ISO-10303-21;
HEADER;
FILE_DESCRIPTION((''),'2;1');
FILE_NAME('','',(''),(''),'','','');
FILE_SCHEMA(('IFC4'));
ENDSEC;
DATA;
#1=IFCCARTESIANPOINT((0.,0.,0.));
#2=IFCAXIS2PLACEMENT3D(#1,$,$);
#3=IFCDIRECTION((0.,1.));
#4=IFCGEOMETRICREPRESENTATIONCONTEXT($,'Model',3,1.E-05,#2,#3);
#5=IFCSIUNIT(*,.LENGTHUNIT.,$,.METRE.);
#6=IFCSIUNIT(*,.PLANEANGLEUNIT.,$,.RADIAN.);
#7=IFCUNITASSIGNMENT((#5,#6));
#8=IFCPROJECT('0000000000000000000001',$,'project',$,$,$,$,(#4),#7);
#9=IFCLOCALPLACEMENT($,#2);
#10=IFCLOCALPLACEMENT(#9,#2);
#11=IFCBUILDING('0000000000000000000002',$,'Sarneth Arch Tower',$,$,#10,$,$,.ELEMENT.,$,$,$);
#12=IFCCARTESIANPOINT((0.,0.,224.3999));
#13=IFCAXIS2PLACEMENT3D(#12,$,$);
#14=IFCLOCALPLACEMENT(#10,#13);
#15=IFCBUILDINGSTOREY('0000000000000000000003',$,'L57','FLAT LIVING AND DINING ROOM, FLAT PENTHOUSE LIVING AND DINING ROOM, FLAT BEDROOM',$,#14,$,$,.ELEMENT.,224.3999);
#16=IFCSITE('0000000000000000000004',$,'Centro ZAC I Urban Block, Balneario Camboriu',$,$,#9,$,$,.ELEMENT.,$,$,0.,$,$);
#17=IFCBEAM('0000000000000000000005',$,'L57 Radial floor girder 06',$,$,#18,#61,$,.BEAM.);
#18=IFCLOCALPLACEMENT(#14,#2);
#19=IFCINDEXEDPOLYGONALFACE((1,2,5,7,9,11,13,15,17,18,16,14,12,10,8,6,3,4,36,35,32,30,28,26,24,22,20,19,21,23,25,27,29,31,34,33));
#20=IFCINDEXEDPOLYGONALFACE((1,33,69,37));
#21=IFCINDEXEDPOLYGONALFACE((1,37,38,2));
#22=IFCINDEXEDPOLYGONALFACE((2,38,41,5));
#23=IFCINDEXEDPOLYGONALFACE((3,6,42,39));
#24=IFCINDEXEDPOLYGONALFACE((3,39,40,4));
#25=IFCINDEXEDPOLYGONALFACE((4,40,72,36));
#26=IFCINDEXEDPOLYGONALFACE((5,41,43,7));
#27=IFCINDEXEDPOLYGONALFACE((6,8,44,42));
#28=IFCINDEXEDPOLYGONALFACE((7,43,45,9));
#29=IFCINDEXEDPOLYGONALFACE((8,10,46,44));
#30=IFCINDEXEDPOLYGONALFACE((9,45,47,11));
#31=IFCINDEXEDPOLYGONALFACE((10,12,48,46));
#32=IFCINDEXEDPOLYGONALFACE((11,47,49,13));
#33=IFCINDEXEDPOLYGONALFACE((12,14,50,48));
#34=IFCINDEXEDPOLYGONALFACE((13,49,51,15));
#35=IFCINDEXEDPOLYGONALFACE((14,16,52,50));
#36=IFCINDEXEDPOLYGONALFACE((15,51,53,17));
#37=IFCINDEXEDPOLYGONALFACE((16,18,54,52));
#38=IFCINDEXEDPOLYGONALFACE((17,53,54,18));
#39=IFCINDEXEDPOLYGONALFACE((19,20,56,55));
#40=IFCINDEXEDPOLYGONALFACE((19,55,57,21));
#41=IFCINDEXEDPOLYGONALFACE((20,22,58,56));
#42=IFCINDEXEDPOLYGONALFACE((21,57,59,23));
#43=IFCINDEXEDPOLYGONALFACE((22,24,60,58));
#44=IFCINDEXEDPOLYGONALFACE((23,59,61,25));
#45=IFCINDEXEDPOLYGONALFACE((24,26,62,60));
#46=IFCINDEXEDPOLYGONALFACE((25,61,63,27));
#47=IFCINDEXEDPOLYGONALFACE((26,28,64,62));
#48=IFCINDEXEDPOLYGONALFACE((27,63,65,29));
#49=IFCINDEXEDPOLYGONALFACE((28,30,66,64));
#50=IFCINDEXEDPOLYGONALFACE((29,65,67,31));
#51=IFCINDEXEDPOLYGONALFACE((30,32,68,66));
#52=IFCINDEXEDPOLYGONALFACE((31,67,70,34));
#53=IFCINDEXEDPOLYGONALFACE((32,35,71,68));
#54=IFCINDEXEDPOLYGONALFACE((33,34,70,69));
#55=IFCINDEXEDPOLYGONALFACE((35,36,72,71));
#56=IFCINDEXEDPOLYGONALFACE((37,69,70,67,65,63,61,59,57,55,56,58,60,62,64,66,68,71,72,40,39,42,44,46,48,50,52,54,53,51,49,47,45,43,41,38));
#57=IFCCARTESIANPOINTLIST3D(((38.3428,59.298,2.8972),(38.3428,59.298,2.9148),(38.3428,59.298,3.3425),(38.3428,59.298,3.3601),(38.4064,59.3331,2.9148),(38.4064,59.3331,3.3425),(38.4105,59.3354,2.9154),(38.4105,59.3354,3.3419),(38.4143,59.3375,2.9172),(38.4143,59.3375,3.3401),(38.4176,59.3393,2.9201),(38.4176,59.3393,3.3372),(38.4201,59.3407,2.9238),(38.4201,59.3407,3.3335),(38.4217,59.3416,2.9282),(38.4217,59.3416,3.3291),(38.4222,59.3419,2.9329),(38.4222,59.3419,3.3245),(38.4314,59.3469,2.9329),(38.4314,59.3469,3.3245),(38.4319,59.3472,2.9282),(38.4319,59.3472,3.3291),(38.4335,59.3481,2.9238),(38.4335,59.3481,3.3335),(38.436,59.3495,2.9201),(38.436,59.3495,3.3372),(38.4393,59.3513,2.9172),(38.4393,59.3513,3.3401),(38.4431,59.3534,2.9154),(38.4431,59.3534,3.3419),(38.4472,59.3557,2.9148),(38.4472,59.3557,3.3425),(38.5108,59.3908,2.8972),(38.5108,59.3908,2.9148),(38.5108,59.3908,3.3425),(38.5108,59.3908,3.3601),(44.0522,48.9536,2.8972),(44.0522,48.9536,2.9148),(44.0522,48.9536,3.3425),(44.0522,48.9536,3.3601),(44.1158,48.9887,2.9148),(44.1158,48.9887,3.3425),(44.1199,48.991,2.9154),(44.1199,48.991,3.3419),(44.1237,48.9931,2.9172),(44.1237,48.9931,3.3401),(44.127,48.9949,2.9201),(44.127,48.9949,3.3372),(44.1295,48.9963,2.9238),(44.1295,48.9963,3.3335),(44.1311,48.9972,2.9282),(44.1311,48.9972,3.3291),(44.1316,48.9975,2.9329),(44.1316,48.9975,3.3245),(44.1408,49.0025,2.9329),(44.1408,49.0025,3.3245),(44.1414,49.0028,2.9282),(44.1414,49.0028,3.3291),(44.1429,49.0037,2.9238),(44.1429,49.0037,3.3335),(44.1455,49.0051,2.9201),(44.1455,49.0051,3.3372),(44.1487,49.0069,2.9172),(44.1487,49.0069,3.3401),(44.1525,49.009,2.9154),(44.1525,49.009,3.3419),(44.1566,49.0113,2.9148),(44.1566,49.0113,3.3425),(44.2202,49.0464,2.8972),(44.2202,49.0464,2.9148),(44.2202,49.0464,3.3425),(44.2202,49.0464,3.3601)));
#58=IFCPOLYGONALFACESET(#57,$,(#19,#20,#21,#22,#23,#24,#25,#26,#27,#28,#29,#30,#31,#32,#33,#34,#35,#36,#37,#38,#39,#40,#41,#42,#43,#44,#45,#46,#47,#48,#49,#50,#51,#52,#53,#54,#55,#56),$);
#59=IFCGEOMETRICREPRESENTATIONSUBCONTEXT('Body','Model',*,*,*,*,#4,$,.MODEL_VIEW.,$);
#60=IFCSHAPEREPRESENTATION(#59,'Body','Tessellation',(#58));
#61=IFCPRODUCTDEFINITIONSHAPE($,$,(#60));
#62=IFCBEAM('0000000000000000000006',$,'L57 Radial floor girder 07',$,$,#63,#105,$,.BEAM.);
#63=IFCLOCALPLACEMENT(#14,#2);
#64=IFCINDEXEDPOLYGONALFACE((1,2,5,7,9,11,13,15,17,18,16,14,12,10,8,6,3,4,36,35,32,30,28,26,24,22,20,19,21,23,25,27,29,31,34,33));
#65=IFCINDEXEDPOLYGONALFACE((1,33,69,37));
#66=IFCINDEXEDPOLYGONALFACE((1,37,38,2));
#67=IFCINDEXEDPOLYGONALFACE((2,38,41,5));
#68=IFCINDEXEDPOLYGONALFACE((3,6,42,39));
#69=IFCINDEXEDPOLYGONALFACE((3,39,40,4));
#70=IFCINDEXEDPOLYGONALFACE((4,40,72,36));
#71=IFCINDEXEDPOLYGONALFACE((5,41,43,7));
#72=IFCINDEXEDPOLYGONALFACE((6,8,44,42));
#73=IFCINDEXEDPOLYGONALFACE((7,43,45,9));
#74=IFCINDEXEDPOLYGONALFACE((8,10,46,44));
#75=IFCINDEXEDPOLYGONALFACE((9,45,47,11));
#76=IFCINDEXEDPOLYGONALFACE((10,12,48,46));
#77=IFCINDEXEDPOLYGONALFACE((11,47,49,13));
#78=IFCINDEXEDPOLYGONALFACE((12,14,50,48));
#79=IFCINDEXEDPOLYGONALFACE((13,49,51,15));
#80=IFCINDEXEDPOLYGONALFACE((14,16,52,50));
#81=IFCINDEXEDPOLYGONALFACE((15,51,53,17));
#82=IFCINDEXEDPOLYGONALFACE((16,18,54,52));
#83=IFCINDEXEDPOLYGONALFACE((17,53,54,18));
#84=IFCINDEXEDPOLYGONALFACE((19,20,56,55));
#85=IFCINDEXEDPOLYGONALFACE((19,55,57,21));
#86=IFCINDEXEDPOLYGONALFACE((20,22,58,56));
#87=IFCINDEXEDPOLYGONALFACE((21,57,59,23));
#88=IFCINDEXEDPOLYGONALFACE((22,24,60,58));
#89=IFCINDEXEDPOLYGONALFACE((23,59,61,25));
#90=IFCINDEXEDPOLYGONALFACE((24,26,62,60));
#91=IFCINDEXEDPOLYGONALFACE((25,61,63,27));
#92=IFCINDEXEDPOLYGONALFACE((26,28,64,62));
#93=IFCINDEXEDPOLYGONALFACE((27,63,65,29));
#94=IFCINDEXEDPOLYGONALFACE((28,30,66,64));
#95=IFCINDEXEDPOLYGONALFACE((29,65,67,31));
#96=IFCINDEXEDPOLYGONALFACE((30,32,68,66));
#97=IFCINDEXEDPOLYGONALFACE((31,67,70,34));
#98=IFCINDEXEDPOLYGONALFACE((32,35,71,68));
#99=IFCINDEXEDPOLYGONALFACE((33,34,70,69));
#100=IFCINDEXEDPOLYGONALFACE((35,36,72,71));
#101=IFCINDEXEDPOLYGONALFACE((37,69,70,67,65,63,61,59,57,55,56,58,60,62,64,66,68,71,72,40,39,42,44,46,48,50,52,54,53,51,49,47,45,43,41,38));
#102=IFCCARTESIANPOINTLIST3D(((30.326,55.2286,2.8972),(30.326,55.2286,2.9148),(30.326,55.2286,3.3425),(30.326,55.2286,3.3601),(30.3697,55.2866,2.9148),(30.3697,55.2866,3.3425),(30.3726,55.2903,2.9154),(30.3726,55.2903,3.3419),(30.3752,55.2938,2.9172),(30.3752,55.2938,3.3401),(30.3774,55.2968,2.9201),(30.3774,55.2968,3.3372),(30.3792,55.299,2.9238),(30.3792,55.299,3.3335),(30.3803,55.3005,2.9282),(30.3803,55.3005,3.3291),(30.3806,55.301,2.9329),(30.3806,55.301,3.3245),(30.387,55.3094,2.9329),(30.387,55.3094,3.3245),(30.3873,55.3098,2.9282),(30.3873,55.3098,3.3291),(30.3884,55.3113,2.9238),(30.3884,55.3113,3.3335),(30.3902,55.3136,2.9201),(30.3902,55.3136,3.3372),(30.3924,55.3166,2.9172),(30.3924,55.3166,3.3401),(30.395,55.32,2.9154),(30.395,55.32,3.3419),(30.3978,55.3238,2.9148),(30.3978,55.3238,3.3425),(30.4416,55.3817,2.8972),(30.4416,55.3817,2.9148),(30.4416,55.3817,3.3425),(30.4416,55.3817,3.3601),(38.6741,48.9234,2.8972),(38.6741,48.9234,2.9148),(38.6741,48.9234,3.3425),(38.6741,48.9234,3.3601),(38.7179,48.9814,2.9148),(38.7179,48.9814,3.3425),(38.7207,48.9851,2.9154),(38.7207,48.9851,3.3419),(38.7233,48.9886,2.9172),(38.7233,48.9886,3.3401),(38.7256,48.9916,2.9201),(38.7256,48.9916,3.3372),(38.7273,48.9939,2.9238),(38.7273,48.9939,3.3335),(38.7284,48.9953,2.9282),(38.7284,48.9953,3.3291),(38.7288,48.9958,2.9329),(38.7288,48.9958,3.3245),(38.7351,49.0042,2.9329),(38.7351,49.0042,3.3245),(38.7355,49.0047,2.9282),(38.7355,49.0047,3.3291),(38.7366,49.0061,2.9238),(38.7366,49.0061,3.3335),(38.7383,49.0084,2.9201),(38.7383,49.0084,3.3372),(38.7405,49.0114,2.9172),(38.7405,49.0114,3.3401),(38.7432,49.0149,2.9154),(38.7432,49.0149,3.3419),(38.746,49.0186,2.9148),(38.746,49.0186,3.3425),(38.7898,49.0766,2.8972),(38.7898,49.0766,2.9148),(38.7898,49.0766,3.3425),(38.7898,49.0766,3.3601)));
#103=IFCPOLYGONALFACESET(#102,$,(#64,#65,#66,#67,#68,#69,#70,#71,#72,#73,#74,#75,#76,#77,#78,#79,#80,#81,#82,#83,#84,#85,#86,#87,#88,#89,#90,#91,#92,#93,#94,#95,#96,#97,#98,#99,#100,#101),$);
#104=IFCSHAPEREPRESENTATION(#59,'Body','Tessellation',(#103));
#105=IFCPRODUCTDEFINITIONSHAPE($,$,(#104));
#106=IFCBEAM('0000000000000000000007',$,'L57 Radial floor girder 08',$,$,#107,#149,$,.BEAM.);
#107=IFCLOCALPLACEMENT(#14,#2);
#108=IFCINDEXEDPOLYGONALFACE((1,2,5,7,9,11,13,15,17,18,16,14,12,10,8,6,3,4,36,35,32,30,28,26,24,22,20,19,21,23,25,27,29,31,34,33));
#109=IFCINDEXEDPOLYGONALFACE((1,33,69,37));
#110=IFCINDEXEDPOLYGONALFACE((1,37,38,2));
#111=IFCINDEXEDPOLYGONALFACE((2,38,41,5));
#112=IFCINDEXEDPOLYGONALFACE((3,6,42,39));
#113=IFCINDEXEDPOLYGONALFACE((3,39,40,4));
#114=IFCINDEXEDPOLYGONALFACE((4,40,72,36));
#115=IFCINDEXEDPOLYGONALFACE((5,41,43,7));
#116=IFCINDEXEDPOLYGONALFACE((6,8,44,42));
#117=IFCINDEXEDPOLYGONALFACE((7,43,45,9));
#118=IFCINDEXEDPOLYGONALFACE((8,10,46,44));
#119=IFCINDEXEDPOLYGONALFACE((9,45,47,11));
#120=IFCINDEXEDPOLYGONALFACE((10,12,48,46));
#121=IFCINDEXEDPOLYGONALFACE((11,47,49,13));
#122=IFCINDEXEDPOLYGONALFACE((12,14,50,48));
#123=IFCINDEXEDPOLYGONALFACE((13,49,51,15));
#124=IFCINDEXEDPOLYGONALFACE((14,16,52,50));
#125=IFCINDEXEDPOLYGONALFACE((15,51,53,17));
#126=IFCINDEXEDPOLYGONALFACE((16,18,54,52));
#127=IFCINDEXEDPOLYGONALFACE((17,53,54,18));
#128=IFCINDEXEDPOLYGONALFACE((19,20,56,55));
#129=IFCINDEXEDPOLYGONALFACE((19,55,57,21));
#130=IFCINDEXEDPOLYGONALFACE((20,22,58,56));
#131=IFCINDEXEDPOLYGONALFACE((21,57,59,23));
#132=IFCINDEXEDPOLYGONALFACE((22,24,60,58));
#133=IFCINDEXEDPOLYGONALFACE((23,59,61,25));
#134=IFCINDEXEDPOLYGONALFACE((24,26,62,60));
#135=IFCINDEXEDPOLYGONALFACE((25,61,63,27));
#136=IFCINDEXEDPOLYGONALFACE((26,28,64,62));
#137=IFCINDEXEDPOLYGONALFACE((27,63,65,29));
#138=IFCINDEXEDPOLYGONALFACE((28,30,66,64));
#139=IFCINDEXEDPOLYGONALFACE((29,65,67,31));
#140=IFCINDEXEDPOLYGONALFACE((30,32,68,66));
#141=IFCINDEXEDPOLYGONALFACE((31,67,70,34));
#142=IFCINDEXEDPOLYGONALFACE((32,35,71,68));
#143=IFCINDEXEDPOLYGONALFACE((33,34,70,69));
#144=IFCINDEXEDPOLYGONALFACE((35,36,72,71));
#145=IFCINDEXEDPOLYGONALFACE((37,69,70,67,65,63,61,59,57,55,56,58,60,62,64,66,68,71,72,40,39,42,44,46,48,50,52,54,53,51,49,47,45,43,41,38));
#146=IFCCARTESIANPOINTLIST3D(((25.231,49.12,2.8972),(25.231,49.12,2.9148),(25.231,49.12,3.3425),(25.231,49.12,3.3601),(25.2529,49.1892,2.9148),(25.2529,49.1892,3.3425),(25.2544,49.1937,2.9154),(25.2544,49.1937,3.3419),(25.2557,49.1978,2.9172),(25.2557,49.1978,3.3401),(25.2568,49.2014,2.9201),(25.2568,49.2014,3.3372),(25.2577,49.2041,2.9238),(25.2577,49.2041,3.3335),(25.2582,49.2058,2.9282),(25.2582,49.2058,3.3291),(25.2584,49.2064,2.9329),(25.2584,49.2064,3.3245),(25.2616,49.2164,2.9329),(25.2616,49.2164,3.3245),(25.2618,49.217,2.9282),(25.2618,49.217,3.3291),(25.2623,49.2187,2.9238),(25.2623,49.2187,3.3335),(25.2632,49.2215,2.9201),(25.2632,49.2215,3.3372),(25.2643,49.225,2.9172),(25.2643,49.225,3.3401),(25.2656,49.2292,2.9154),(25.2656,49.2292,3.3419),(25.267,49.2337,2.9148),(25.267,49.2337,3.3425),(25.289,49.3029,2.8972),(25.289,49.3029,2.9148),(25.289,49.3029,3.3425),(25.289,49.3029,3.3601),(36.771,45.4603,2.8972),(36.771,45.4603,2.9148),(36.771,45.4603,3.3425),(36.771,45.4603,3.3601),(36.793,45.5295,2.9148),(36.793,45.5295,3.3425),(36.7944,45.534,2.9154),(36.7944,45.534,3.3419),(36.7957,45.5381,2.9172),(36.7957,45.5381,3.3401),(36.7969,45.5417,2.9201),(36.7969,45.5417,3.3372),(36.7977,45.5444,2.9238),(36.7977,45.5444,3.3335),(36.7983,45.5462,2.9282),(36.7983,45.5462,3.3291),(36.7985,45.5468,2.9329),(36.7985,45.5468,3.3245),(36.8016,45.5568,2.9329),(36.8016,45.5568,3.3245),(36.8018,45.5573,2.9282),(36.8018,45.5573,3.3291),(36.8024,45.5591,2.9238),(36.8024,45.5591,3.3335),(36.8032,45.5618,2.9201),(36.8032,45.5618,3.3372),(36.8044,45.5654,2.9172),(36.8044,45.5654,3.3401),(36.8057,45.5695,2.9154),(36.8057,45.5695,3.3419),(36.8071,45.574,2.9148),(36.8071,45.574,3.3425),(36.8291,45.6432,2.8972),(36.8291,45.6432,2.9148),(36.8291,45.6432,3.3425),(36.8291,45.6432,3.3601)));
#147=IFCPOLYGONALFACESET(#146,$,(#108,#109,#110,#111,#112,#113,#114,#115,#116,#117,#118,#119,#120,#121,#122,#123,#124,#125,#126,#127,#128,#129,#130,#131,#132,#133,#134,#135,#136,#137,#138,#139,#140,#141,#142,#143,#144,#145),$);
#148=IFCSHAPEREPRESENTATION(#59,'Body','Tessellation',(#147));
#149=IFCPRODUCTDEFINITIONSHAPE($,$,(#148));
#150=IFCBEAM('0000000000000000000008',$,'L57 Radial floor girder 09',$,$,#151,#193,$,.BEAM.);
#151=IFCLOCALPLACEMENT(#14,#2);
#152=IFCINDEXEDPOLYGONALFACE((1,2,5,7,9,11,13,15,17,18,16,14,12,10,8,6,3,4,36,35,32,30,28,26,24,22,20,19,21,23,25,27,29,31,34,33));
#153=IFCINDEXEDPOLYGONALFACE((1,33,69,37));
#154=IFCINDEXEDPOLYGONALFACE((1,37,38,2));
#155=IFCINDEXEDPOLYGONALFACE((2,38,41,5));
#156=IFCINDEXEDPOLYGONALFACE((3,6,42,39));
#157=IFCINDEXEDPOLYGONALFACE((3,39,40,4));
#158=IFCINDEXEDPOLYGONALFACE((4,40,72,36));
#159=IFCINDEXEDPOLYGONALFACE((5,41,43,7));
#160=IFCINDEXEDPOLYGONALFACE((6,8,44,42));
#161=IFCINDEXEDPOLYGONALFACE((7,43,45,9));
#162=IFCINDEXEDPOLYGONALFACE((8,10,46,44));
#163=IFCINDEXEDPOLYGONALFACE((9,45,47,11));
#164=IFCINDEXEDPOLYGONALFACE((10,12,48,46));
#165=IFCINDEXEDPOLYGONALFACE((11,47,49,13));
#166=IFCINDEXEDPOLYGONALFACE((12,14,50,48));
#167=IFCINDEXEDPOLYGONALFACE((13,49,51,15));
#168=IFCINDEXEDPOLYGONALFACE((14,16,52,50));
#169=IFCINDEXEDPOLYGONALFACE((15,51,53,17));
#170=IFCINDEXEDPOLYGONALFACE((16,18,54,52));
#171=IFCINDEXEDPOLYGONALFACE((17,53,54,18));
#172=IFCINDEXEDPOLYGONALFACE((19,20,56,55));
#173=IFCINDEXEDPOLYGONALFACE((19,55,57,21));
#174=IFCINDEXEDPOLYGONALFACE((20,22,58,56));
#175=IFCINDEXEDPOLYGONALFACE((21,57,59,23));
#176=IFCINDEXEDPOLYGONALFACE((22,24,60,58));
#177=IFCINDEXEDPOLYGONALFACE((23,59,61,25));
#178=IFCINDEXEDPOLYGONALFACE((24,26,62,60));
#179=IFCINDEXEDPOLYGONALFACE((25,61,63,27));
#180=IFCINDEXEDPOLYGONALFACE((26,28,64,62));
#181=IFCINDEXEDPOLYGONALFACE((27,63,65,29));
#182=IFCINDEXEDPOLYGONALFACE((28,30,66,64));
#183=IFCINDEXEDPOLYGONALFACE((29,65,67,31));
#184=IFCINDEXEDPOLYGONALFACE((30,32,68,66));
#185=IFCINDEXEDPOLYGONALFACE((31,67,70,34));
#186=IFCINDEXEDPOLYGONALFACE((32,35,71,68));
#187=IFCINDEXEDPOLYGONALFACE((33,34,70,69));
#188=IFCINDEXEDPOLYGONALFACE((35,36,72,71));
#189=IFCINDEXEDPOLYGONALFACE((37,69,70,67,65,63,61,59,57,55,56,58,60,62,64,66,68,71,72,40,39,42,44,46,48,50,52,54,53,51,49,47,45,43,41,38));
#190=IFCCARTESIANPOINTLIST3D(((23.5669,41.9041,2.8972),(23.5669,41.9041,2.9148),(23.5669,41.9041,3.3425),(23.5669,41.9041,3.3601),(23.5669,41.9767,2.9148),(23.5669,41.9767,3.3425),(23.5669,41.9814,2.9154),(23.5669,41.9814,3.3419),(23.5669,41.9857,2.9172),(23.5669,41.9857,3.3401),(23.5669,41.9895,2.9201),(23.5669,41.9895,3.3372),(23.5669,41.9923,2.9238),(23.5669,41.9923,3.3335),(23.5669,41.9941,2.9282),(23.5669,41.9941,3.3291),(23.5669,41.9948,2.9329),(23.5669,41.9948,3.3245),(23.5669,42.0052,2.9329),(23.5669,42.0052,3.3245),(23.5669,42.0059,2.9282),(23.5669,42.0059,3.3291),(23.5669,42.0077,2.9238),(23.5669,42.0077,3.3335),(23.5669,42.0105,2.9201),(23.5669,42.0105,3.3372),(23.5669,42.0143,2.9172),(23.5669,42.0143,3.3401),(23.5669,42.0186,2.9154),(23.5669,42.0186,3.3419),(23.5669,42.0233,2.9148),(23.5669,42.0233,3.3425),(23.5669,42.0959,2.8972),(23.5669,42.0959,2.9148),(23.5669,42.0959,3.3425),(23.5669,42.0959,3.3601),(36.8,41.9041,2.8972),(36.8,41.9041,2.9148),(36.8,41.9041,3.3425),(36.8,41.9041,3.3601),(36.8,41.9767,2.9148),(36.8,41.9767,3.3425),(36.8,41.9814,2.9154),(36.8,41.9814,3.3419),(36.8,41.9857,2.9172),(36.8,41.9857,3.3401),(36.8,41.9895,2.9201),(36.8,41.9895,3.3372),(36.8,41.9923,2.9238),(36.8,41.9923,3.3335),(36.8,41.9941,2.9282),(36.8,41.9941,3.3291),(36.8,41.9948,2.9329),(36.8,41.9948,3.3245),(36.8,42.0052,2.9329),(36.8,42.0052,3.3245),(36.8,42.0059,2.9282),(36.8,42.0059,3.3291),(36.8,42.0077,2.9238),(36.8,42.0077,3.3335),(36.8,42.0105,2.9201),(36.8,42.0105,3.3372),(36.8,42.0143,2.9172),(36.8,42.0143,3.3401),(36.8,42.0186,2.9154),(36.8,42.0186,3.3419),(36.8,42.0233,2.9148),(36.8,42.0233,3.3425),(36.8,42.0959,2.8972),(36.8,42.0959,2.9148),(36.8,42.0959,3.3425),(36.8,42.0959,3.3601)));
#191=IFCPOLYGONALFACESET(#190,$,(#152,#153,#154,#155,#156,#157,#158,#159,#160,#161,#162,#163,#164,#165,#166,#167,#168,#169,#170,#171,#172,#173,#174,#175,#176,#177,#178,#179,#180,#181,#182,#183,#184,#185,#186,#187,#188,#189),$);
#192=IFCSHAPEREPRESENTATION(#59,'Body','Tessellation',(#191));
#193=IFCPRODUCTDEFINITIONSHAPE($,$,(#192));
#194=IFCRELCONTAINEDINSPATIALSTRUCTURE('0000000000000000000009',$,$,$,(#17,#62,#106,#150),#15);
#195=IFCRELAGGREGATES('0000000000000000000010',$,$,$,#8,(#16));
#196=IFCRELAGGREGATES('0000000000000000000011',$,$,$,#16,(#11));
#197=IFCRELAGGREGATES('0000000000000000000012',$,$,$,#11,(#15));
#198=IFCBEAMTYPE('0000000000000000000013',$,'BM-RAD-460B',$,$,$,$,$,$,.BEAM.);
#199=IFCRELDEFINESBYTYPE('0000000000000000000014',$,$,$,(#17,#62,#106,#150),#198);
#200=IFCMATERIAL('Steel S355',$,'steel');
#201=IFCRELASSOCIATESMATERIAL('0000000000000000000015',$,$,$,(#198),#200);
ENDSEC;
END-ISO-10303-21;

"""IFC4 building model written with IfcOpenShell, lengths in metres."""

from ifc_helpers import new_model, si_unit, direction, frame, origin, origin_2d, place, context, subcontext, project, spatial, i_section, extrude, material, material_profile, profile_set, type_object, element, save


model = new_model("IFC4")

# Units and contexts
model_context = context("Model", 3, precision=1e-05, world=origin(), true_north=direction((0.0, 1.0)))
body_context = subcontext(model_context, "Body", "Model", "MODEL_VIEW")
ifc_project = project(units=[si_unit("LENGTHUNIT", "METRE"), si_unit("PLANEANGLEUNIT", "RADIAN")], contexts=[model_context])

# Site, building, storey
site_placement = place(None, origin())
site = spatial("IfcSite", under=ifc_project, at=site_placement, Name="Centro ZAC I Urban Block, Balneario Camboriu", CompositionType="ELEMENT", RefElevation=0.0)
building_placement = place(site_placement, origin())
building = spatial("IfcBuilding", under=site, at=building_placement, Name="Sarneth Arch Tower", CompositionType="ELEMENT")
storey_placement = place(building_placement, frame((0.0, 0.0, 224.3999)))
storey = spatial("IfcBuildingStorey", under=building, at=storey_placement, Name="L57", Description="FLAT LIVING AND DINING ROOM, FLAT PENTHOUSE LIVING AND DINING ROOM, FLAT BEDROOM", CompositionType="ELEMENT", Elevation=224.3999)

# Beams
ifc_material_1 = material(Name="Steel S355", Category="steel")
ifc_material_profile = material_profile(ifc_material_1, i_section(OverallWidth=0.1919, OverallDepth=0.4629, WebThickness=0.0105, FlangeThickness=0.0176, FilletRadius=0.0181, at=origin_2d()), Name="W460x89")
ifc_profile_set = profile_set([ifc_material_profile], Name="Steel S355")
beam_type = type_object("IfcBeamType", Name="BM-RAD-460B", PredefinedType="BEAM", material=ifc_profile_set)
beam_1_placement = place(storey_placement, frame((44.1362, 49.0, 3.1287), z_axis=(-0.483218, 0.8755, 0.0), x_axis=(-0.8755, -0.483218, 0.0)))
element("IfcBeam", 1, at=beam_1_placement, inside=storey, type_object=beam_type, Name="L57 Radial floor girder 06", PredefinedType="BEAM", context=body_context, shape_type="SweptSolid", body=[
    extrude(i_section(OverallWidth=0.1919, OverallDepth=0.4629, WebThickness=0.0105, FlangeThickness=0.0176, FilletRadius=0.0181, at=origin_2d()), origin(), (0.0, 0.0, 1.0), 11.8154),
])
beam_2_placement = place(storey_placement, frame((38.7319, 49.0, 3.1287), z_axis=(-0.797974, 0.602692, 0.0), x_axis=(-0.602692, -0.797974, 0.0)))
element("IfcBeam", 2, at=beam_2_placement, inside=storey, type_object=beam_type, Name="L57 Radial floor girder 07", PredefinedType="BEAM", context=body_context, shape_type="SweptSolid", body=[
    extrude(i_section(OverallWidth=0.1919, OverallDepth=0.4629, WebThickness=0.0105, FlangeThickness=0.0176, FilletRadius=0.0181, at=origin_2d()), origin(), (0.0, 0.0, 1.0), 10.4617),
])
beam_3_placement = place(storey_placement, frame((36.8, 45.5518, 3.1287), z_axis=(-0.953216, 0.302291, 0.0), x_axis=(-0.302291, -0.953216, 0.0)))
element("IfcBeam", 3, at=beam_3_placement, inside=storey, type_object=beam_type, Name="L57 Radial floor girder 08", PredefinedType="BEAM", context=body_context, shape_type="SweptSolid", body=[
    extrude(i_section(OverallWidth=0.1919, OverallDepth=0.4629, WebThickness=0.0105, FlangeThickness=0.0176, FilletRadius=0.0181, at=origin_2d()), origin(), (0.0, 0.0, 1.0), 12.1064),
])
beam_4_placement = place(storey_placement, frame((36.8, 42.0, 3.1287), z_axis=(-1.0, 0.0, 0.0), x_axis=(0.0, -1.0, 0.0)))
element("IfcBeam", 4, at=beam_4_placement, inside=storey, type_object=beam_type, Name="L57 Radial floor girder 09", PredefinedType="BEAM", context=body_context, shape_type="SweptSolid", body=[
    extrude(i_section(OverallWidth=0.1919, OverallDepth=0.4629, WebThickness=0.0105, FlangeThickness=0.0176, FilletRadius=0.0181, at=origin_2d()), origin(), (0.0, 0.0, 1.0), 13.2332),
])

save(model, "model.ifc")
